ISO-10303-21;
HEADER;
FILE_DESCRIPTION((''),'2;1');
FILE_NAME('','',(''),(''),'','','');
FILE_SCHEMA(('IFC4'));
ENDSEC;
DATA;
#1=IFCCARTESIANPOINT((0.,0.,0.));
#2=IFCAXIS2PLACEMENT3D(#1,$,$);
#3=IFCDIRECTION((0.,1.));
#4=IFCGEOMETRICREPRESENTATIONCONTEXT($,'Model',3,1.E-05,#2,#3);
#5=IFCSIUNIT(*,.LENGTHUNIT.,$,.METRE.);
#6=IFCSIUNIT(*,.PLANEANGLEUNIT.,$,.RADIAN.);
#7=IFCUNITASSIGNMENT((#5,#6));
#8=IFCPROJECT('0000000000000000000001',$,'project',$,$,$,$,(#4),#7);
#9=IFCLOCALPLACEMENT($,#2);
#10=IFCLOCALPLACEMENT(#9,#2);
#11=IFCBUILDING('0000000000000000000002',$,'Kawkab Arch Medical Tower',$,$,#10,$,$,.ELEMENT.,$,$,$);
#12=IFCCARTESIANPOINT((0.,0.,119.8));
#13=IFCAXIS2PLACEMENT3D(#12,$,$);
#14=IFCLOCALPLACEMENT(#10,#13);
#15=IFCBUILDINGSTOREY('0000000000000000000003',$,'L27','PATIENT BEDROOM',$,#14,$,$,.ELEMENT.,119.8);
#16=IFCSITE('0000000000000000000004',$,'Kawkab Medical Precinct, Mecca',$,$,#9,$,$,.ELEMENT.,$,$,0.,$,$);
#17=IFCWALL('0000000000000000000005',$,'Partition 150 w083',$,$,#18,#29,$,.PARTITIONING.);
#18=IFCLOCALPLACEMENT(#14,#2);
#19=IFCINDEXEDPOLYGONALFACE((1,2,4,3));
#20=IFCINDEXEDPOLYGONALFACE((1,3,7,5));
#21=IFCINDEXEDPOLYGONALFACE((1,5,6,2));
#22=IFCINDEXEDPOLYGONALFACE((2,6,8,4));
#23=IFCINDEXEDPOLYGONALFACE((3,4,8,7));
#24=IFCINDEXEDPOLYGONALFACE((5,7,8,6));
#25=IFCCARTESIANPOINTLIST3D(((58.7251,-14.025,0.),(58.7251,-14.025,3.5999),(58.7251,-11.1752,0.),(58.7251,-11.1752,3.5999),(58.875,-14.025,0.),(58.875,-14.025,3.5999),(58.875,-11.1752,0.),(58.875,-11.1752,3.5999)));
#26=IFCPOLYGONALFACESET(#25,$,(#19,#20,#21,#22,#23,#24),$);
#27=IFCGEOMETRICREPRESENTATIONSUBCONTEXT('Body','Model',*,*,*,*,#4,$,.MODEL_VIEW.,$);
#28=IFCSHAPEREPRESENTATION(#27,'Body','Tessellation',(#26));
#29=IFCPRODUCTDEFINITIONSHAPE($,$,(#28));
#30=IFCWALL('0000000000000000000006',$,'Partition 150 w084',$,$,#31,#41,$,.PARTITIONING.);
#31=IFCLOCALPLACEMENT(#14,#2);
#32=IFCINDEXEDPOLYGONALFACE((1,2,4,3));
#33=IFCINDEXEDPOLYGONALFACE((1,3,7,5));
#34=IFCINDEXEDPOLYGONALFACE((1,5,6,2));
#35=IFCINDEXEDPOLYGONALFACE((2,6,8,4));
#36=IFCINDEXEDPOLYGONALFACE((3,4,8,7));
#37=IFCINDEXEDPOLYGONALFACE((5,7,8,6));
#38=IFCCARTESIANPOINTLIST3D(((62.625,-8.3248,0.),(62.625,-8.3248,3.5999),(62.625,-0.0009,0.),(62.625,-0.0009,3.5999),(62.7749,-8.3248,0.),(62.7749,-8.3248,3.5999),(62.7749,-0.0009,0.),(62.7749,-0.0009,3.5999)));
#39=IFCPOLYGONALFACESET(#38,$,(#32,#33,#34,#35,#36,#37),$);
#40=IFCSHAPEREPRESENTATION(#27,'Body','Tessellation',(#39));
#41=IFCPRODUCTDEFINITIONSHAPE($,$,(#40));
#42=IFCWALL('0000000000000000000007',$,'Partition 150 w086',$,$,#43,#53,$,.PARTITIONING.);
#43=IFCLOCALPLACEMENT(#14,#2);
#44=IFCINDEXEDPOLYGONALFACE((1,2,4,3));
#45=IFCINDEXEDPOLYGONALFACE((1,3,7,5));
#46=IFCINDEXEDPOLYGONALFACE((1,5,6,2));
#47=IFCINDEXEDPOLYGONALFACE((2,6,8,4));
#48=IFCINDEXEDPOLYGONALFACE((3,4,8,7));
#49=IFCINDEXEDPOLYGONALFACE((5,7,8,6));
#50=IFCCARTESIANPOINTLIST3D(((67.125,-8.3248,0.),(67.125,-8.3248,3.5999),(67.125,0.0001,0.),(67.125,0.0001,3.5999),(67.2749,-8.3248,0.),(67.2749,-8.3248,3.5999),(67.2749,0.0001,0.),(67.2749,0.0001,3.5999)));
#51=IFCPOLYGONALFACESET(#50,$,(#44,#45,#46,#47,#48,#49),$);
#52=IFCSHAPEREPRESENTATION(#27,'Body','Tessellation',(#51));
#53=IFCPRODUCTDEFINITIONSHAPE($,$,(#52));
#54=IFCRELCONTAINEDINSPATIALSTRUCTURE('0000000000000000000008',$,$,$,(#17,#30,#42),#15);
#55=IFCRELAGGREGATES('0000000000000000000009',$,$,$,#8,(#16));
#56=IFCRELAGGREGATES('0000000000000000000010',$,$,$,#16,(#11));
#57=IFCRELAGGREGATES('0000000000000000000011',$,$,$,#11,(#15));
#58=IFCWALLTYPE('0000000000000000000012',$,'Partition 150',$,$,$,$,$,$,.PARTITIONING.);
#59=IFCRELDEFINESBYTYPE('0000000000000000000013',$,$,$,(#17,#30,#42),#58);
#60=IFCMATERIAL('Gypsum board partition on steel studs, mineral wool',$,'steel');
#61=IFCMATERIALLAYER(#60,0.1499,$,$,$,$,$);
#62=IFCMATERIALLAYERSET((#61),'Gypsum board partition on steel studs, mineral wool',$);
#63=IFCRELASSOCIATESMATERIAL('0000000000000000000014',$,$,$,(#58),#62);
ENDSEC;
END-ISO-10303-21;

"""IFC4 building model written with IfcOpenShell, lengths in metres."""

from ifc_helpers import new_model, si_unit, direction, frame, frame_2d, origin, place, context, subcontext, project, spatial, rectangle, extrude, material, layer, layer_set, type_object, element, save


model = new_model("IFC4")

# Units and contexts
model_context = context("Model", 3, precision=1e-05, world=origin(), true_north=direction((0.0, 1.0)))
body_context = subcontext(model_context, "Body", "Model", "MODEL_VIEW")
ifc_project = project(units=[si_unit("LENGTHUNIT", "METRE"), si_unit("PLANEANGLEUNIT", "RADIAN")], contexts=[model_context])

# Site, building, storey
site_placement = place(None, origin())
site = spatial("IfcSite", under=ifc_project, at=site_placement, Name="Kawkab Medical Precinct, Mecca", CompositionType="ELEMENT", RefElevation=0.0)
building_placement = place(site_placement, origin())
building = spatial("IfcBuilding", under=site, at=building_placement, Name="Kawkab Arch Medical Tower", CompositionType="ELEMENT")
storey_placement = place(building_placement, frame((0.0, 0.0, 119.8)))
storey = spatial("IfcBuildingStorey", under=building, at=storey_placement, Name="L27", Description="PATIENT BEDROOM", CompositionType="ELEMENT", Elevation=119.8)

# Shared definitions
ifc_material_1 = material(Name="Gypsum board partition on steel studs, mineral wool", Category="steel")
ifc_layer_1 = layer(ifc_material_1, 0.1499)
ifc_layer_set_1 = layer_set([ifc_layer_1], Name="Gypsum board partition on steel studs, mineral wool")
wall_type_1 = type_object("IfcWallType", Name="Partition 150", PredefinedType="PARTITIONING", material=ifc_layer_set_1)

# Walls
wall_1_placement = place(storey_placement, frame((58.8, -14.0249, 0.0), z_axis=(0.0, 0.0, 1.0), x_axis=(0.0, 1.0, 0.0)))
element("IfcWall", 1, at=wall_1_placement, inside=storey, type_object=wall_type_1, Name="Partition 150 w083", PredefinedType="PARTITIONING", context=body_context, shape_type="SweptSolid", body=[
    extrude(rectangle(XDim=2.8499, YDim=0.1499, at=frame_2d((1.4248, 0.0))), origin(), (0.0, 0.0, 1.0), 3.5999),
])
wall_2_placement = place(storey_placement, frame((62.7, -8.325, 0.0), z_axis=(0.0, 0.0, 1.0), x_axis=(0.0, 1.0, 0.0)))
element("IfcWall", 2, at=wall_2_placement, inside=storey, type_object=wall_type_1, Name="Partition 150 w084", PredefinedType="PARTITIONING", context=body_context, shape_type="SweptSolid", body=[
    extrude(rectangle(XDim=8.324, YDim=0.1499, at=frame_2d((4.1621, 0.0))), origin(), (0.0, 0.0, 1.0), 3.5999),
])
wall_3_placement = place(storey_placement, frame((67.2, -8.325, 0.0), z_axis=(0.0, 0.0, 1.0), x_axis=(0.0, 1.0, 0.0)))
element("IfcWall", 3, at=wall_3_placement, inside=storey, type_object=wall_type_1, Name="Partition 150 w086", PredefinedType="PARTITIONING", context=body_context, shape_type="SweptSolid", body=[
    extrude(rectangle(XDim=8.325, YDim=0.1499, at=frame_2d((4.1626, 0.0))), origin(), (0.0, 0.0, 1.0), 3.5999),
])

save(model, "model.ifc")
